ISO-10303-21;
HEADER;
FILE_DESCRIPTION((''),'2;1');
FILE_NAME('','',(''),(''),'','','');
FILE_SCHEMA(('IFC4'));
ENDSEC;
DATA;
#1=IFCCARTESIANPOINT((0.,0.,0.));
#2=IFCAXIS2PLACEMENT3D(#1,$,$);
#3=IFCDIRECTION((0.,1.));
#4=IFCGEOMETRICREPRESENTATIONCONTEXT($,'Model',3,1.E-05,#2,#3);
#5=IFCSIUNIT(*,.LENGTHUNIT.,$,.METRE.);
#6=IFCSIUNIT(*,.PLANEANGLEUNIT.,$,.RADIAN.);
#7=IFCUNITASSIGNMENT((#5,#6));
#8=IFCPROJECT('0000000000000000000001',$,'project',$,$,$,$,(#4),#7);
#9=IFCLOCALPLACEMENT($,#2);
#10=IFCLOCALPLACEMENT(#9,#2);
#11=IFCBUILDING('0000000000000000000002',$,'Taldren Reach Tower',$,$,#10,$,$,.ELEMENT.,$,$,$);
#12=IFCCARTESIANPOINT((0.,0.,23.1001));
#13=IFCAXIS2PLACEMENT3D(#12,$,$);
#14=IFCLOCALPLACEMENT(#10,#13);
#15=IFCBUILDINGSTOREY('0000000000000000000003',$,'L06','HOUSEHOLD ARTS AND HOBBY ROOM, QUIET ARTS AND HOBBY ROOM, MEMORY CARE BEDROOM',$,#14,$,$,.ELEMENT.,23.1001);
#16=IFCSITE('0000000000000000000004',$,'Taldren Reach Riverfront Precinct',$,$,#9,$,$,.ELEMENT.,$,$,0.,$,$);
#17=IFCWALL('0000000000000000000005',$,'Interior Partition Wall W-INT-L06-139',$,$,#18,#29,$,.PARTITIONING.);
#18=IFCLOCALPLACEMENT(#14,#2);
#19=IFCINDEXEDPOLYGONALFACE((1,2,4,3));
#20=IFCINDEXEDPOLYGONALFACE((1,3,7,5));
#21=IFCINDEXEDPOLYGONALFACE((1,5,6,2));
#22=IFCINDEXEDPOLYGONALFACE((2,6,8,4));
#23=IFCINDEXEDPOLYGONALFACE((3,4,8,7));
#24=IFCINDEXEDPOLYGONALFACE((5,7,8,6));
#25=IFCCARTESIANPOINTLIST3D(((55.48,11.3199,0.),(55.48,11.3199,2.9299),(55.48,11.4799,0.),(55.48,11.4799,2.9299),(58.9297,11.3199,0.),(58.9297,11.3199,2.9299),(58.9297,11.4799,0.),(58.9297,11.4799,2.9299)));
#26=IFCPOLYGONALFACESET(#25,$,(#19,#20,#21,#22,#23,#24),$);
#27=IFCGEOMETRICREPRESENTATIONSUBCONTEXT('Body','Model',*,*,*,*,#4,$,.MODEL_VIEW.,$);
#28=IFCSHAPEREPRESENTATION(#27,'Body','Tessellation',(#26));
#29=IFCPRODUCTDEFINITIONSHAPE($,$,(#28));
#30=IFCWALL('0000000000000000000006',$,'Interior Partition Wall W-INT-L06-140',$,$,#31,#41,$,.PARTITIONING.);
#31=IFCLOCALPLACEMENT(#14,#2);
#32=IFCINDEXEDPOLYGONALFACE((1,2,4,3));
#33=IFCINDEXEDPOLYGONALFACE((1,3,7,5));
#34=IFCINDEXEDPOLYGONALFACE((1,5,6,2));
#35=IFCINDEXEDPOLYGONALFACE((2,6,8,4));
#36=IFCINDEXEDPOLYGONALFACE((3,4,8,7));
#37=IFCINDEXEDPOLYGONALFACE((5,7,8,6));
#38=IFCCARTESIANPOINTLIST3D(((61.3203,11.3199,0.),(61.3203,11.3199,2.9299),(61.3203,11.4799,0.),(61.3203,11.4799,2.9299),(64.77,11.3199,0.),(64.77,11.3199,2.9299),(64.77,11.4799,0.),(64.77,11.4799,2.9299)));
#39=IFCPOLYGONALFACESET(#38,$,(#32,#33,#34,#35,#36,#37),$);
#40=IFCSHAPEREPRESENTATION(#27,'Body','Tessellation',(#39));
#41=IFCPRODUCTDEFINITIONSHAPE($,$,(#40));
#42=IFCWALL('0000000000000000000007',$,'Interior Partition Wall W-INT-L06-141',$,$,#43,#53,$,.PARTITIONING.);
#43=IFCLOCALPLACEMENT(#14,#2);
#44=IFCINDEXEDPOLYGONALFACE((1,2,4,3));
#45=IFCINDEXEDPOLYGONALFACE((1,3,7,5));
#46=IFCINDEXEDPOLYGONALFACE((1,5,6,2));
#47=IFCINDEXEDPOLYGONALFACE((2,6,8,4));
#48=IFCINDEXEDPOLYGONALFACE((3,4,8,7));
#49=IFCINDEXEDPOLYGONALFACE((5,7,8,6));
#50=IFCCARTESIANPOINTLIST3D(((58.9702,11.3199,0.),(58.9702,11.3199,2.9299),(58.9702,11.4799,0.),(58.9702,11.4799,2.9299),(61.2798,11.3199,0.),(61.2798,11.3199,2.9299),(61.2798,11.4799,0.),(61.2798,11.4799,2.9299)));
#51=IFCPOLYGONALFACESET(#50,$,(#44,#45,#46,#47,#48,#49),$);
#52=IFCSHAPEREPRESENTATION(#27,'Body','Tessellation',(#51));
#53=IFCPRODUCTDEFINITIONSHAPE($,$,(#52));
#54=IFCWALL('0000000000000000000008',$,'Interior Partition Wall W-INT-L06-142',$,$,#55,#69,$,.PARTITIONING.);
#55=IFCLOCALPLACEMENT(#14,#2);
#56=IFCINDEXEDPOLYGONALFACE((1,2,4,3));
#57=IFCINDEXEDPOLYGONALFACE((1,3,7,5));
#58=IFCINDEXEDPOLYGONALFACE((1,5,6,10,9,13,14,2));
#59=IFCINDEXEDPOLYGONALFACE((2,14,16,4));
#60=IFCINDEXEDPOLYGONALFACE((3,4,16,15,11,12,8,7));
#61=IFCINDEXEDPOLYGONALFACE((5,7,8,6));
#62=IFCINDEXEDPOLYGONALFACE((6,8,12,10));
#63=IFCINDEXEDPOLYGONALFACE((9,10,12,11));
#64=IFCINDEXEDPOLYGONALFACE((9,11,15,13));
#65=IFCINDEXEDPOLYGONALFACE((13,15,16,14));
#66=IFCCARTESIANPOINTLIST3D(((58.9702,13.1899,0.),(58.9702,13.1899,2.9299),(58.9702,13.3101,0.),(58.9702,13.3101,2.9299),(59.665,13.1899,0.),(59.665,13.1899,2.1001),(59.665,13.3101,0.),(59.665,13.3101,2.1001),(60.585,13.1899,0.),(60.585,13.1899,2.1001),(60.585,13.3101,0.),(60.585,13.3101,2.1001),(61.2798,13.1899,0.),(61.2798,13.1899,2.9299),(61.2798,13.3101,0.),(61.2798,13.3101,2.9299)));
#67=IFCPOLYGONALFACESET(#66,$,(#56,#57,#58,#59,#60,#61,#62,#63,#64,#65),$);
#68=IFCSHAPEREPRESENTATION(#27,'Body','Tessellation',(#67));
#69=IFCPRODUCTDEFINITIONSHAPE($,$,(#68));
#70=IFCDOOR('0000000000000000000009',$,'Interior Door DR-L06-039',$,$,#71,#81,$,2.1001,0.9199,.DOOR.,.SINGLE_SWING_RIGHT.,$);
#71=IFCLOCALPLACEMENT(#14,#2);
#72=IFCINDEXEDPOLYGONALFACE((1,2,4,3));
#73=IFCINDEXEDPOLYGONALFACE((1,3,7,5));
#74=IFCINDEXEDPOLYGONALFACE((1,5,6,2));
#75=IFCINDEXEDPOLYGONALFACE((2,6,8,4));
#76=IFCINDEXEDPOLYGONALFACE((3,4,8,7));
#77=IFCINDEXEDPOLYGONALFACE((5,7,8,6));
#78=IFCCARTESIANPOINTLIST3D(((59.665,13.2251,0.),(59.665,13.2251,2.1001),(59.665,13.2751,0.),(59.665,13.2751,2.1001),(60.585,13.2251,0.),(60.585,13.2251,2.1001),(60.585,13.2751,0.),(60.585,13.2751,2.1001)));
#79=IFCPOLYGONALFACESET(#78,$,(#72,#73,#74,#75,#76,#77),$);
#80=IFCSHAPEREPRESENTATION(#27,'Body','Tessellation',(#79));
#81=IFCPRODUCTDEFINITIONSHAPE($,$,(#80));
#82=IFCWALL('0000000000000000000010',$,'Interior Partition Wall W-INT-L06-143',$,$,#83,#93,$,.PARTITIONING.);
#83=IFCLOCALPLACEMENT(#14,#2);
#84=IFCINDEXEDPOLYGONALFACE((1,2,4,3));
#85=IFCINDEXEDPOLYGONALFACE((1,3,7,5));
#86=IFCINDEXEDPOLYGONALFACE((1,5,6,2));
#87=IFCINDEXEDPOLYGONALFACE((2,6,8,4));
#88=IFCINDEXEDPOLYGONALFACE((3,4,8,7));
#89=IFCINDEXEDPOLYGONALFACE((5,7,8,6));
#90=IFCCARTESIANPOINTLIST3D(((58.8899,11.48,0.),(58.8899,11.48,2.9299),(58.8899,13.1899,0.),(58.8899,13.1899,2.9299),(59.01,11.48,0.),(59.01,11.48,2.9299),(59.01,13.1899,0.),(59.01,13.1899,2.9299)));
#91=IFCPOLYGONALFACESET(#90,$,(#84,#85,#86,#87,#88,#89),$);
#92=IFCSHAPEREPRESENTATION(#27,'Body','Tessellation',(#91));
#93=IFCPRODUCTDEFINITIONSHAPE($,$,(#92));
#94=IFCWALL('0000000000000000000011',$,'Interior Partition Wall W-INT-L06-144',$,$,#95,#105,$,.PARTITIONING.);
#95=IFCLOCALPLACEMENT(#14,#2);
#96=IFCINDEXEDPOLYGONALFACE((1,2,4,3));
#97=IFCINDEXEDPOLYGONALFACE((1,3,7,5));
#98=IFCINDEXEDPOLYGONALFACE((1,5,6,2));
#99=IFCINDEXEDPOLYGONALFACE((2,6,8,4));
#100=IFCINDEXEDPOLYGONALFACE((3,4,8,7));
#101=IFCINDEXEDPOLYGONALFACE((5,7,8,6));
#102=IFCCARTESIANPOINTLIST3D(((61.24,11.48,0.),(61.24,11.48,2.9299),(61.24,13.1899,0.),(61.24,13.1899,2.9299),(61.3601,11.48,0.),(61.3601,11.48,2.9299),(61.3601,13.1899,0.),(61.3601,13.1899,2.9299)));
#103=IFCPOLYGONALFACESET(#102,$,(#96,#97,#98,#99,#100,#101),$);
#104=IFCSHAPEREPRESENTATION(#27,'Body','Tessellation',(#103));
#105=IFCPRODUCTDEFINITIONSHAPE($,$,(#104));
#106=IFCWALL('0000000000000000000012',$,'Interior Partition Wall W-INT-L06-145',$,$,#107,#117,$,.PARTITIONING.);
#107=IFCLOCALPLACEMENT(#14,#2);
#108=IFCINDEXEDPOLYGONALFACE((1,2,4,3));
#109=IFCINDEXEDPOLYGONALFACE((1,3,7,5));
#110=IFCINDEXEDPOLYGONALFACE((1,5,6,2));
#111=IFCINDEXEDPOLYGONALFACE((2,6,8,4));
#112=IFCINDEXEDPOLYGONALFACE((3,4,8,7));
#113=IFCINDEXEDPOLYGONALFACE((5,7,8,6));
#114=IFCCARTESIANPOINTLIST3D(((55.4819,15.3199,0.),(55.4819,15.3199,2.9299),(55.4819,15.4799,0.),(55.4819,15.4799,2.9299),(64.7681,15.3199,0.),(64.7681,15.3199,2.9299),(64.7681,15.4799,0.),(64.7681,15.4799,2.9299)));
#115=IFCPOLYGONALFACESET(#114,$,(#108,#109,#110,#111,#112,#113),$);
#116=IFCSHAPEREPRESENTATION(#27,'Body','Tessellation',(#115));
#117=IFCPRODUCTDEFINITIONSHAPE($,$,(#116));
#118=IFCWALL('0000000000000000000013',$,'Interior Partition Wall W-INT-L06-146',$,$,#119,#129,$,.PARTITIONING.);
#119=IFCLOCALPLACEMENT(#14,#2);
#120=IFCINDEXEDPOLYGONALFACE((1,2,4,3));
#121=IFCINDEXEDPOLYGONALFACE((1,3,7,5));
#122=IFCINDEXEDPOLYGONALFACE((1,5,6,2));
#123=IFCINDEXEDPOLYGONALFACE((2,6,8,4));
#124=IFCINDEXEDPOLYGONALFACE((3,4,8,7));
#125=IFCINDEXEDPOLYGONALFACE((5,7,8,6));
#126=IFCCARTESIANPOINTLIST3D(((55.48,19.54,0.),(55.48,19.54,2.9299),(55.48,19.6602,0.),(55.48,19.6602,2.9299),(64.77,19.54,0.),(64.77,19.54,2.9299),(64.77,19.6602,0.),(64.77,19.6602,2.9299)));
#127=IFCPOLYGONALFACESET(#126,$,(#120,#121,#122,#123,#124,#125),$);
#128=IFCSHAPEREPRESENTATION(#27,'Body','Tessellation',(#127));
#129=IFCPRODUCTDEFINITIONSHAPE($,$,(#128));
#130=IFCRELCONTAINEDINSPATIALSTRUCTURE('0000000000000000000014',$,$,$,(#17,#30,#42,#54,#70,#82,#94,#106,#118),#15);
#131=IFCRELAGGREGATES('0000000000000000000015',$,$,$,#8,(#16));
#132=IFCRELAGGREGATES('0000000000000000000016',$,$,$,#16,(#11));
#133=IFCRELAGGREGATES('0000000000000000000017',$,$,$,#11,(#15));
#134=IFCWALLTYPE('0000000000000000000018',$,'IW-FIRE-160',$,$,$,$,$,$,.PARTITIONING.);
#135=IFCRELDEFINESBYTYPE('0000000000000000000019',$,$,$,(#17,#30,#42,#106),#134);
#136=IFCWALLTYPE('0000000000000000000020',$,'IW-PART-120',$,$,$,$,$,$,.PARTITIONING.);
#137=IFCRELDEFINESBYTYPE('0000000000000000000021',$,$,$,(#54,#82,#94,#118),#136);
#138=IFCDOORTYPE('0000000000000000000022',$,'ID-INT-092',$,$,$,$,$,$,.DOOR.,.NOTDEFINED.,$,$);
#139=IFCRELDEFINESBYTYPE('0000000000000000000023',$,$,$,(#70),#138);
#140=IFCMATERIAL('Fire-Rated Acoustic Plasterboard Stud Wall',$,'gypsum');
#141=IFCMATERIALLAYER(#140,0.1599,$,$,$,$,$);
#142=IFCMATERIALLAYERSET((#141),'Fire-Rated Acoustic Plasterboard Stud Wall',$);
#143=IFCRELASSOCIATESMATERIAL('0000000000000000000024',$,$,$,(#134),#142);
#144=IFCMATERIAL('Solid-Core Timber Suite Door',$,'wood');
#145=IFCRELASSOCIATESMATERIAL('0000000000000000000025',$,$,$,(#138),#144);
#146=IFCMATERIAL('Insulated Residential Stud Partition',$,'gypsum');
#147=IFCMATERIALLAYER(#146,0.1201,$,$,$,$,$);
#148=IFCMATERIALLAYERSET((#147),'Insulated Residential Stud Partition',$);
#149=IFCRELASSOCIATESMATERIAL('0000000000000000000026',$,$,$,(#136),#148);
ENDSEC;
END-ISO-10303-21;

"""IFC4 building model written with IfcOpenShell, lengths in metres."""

from ifc_helpers import new_model, si_unit, direction, frame, frame_2d, origin, place, context, subcontext, project, spatial, rectangle, extrude, source, transform, mapped, material, layer, layer_set, type_object, element, fill, save


model = new_model("IFC4")

# Units and contexts
model_context = context("Model", 3, precision=1e-05, world=origin(), true_north=direction((0.0, 1.0)))
body_context = subcontext(model_context, "Body", "Model", "MODEL_VIEW")
ifc_project = project(units=[si_unit("LENGTHUNIT", "METRE"), si_unit("PLANEANGLEUNIT", "RADIAN")], contexts=[model_context])

# Site, building, storey
site_placement = place(None, origin())
site = spatial("IfcSite", under=ifc_project, at=site_placement, Name="Taldren Reach Riverfront Precinct", CompositionType="ELEMENT", RefElevation=0.0)
building_placement = place(site_placement, origin())
building = spatial("IfcBuilding", under=site, at=building_placement, Name="Taldren Reach Tower", CompositionType="ELEMENT")
storey_placement = place(building_placement, frame((0.0, 0.0, 23.1001)))
storey = spatial("IfcBuildingStorey", under=building, at=storey_placement, Name="L06", Description="HOUSEHOLD ARTS AND HOBBY ROOM, QUIET ARTS AND HOBBY ROOM, MEMORY CARE BEDROOM", CompositionType="ELEMENT", Elevation=23.1001)

# Shared definitions
ifc_material_1 = material(Name="Fire-Rated Acoustic Plasterboard Stud Wall", Category="gypsum")
ifc_layer_1 = layer(ifc_material_1, 0.1599)
ifc_layer_set_1 = layer_set([ifc_layer_1], Name="Fire-Rated Acoustic Plasterboard Stud Wall")
wall_type_1 = type_object("IfcWallType", Name="IW-FIRE-160", PredefinedType="PARTITIONING", material=ifc_layer_set_1)

# Shared definitions
ifc_material_2 = material(Name="Solid-Core Timber Suite Door", Category="wood")
door_type_1 = type_object("IfcDoorType", Name="ID-INT-092", OperationType="NOTDEFINED", PredefinedType="DOOR", material=ifc_material_2)
shared_shape_1 = source(origin(), body_context, "Body", "SweptSolid", [
    extrude(rectangle(XDim=0.9199, YDim=2.1001, at=frame_2d((0.46, 1.05))), frame((0.0, 0.0249, 0.0), z_axis=(0.0, -1.0, 0.0), x_axis=(1.0, 0.0, 0.0)), (0.0, 0.0, 1.0), 0.05),
])

# Walls
shared_shape_2 = source(origin(), body_context, "Body", "SweptSolid", [
    extrude(rectangle(XDim=3.4497, YDim=0.1599, at=frame_2d((1.7249, 0.0))), origin(), (0.0, 0.0, 1.0), 2.9299),
])
for number, where, z_axis, x_axis, name in (
    (1, (55.48, 11.3999, 0.0), (0.0, 0.0, 1.0), (1.0, 0.0, 0.0), "Interior Partition Wall W-INT-L06-139"),
    (2, (61.3203, 11.3999, 0.0), (0.0, 0.0, 1.0), (1.0, 0.0, 0.0), "Interior Partition Wall W-INT-L06-140"),
):
    element("IfcWall", number, at=place(storey_placement, frame(where, z_axis=z_axis, x_axis=x_axis)), inside=storey, type_object=wall_type_1, Name=name, PredefinedType="PARTITIONING", context=body_context, shape_type="MappedRepresentation", body=[
        mapped(shared_shape_2, transform((0.0, 0.0, 0.0), scale=1.0)),
    ])
shared_shape_3 = source(origin(), body_context, "Body", "SweptSolid", [
    extrude(rectangle(XDim=2.3096, YDim=0.1599, at=frame_2d((1.1548, 0.0))), origin(), (0.0, 0.0, 1.0), 2.9299),
])
wall_1_placement = place(storey_placement, frame((58.9702, 11.3999, 0.0), z_axis=(0.0, 0.0, 1.0), x_axis=(1.0, 0.0, 0.0)))
element("IfcWall", 3, at=wall_1_placement, inside=storey, type_object=wall_type_1, Name="Interior Partition Wall W-INT-L06-141", PredefinedType="PARTITIONING", context=body_context, shape_type="MappedRepresentation", body=[
    mapped(shared_shape_3, transform((0.0, 0.0, 0.0), scale=1.0)),
])

# Wall, opening, door
ifc_material_3 = material(Name="Insulated Residential Stud Partition", Category="gypsum")
ifc_layer_2 = layer(ifc_material_3, 0.1201)
ifc_layer_set_2 = layer_set([ifc_layer_2], Name="Insulated Residential Stud Partition")
wall_type_2 = type_object("IfcWallType", Name="IW-PART-120", PredefinedType="PARTITIONING", material=ifc_layer_set_2)
shared_shape_4 = source(origin(), body_context, "Body", "SweptSolid", [
    extrude(rectangle(XDim=2.3096, YDim=0.1201, at=frame_2d((1.1548, 0.0))), origin(), (0.0, 0.0, 1.0), 2.9299),
])
wall_2_placement = place(storey_placement, frame((61.2798, 13.25, 0.0), z_axis=(0.0, 0.0, 1.0), x_axis=(-1.0, 0.0, 0.0)))
wall_2 = element("IfcWall", 4, at=wall_2_placement, inside=storey, type_object=wall_type_2, Name="Interior Partition Wall W-INT-L06-142", PredefinedType="PARTITIONING", context=body_context, shape_type="MappedRepresentation", body=[
    mapped(shared_shape_4, transform((0.0, 0.0, 0.0), scale=1.0)),
])
shared_shape_5 = source(origin(), body_context, "Body", "SweptSolid", [
    extrude(rectangle(XDim=0.9199, YDim=2.1001, at=frame_2d((0.46, 1.05))), frame((0.0, 0.0701, 0.0), z_axis=(0.0, -1.0, 0.0), x_axis=(1.0, 0.0, 0.0)), (0.0, 0.0, 1.0), 0.1401),
])
opening_1_placement = place(wall_2_placement, frame((0.6948, 0.0, 0.0)))
opening_1 = element("IfcOpeningElement", 5, at=opening_1_placement, cuts=wall_2, PredefinedType="OPENING", context=body_context, shape_type="MappedRepresentation", body=[
    mapped(shared_shape_5, transform((0.0, 0.0, 0.0), scale=1.0)),
])
door_1_placement = place(opening_1_placement, origin())
door_1 = element("IfcDoor", 6, at=door_1_placement, inside=storey, type_object=door_type_1, Name="Interior Door DR-L06-039", OperationType="SINGLE_SWING_RIGHT", OverallHeight=2.1001, OverallWidth=0.9199, PredefinedType="DOOR", context=body_context, shape_type="MappedRepresentation", body=[
    mapped(shared_shape_1, transform((0.0, 0.0, 0.0), scale=1.0)),
])
fill(opening_1, door_1)

# Walls
shared_shape_6 = source(origin(), body_context, "Body", "SweptSolid", [
    extrude(rectangle(XDim=1.71, YDim=0.1201, at=frame_2d((0.855, 0.0))), origin(), (0.0, 0.0, 1.0), 2.9299),
])
for number, where, z_axis, x_axis, name in (
    (7, (58.95, 13.1899, 0.0), (0.0, 0.0, 1.0), (0.0, -1.0, 0.0), "Interior Partition Wall W-INT-L06-143"),
    (8, (61.3, 11.48, 0.0), (0.0, 0.0, 1.0), (0.0, 1.0, 0.0), "Interior Partition Wall W-INT-L06-144"),
):
    element("IfcWall", number, at=place(storey_placement, frame(where, z_axis=z_axis, x_axis=x_axis)), inside=storey, type_object=wall_type_2, Name=name, PredefinedType="PARTITIONING", context=body_context, shape_type="MappedRepresentation", body=[
        mapped(shared_shape_6, transform((0.0, 0.0, 0.0), scale=1.0)),
    ])
shared_shape_7 = source(origin(), body_context, "Body", "SweptSolid", [
    extrude(rectangle(XDim=9.2861, YDim=0.1599, at=frame_2d((4.6431, 0.0))), origin(), (0.0, 0.0, 1.0), 2.9299),
])
wall_3_placement = place(storey_placement, frame((55.4819, 15.3999, 0.0), z_axis=(0.0, 0.0, 1.0), x_axis=(1.0, 0.0, 0.0)))
element("IfcWall", 9, at=wall_3_placement, inside=storey, type_object=wall_type_1, Name="Interior Partition Wall W-INT-L06-145", PredefinedType="PARTITIONING", context=body_context, shape_type="MappedRepresentation", body=[
    mapped(shared_shape_7, transform((0.0, 0.0, 0.0), scale=1.0)),
])
shared_shape_8 = source(origin(), body_context, "Body", "SweptSolid", [
    extrude(rectangle(XDim=9.29, YDim=0.1201, at=frame_2d((4.645, 0.0))), origin(), (0.0, 0.0, 1.0), 2.9299),
])
wall_4_placement = place(storey_placement, frame((55.48, 19.6001, 0.0), z_axis=(0.0, 0.0, 1.0), x_axis=(1.0, 0.0, 0.0)))
element("IfcWall", 10, at=wall_4_placement, inside=storey, type_object=wall_type_2, Name="Interior Partition Wall W-INT-L06-146", PredefinedType="PARTITIONING", context=body_context, shape_type="MappedRepresentation", body=[
    mapped(shared_shape_8, transform((0.0, 0.0, 0.0), scale=1.0)),
])

save(model, "model.ifc")
